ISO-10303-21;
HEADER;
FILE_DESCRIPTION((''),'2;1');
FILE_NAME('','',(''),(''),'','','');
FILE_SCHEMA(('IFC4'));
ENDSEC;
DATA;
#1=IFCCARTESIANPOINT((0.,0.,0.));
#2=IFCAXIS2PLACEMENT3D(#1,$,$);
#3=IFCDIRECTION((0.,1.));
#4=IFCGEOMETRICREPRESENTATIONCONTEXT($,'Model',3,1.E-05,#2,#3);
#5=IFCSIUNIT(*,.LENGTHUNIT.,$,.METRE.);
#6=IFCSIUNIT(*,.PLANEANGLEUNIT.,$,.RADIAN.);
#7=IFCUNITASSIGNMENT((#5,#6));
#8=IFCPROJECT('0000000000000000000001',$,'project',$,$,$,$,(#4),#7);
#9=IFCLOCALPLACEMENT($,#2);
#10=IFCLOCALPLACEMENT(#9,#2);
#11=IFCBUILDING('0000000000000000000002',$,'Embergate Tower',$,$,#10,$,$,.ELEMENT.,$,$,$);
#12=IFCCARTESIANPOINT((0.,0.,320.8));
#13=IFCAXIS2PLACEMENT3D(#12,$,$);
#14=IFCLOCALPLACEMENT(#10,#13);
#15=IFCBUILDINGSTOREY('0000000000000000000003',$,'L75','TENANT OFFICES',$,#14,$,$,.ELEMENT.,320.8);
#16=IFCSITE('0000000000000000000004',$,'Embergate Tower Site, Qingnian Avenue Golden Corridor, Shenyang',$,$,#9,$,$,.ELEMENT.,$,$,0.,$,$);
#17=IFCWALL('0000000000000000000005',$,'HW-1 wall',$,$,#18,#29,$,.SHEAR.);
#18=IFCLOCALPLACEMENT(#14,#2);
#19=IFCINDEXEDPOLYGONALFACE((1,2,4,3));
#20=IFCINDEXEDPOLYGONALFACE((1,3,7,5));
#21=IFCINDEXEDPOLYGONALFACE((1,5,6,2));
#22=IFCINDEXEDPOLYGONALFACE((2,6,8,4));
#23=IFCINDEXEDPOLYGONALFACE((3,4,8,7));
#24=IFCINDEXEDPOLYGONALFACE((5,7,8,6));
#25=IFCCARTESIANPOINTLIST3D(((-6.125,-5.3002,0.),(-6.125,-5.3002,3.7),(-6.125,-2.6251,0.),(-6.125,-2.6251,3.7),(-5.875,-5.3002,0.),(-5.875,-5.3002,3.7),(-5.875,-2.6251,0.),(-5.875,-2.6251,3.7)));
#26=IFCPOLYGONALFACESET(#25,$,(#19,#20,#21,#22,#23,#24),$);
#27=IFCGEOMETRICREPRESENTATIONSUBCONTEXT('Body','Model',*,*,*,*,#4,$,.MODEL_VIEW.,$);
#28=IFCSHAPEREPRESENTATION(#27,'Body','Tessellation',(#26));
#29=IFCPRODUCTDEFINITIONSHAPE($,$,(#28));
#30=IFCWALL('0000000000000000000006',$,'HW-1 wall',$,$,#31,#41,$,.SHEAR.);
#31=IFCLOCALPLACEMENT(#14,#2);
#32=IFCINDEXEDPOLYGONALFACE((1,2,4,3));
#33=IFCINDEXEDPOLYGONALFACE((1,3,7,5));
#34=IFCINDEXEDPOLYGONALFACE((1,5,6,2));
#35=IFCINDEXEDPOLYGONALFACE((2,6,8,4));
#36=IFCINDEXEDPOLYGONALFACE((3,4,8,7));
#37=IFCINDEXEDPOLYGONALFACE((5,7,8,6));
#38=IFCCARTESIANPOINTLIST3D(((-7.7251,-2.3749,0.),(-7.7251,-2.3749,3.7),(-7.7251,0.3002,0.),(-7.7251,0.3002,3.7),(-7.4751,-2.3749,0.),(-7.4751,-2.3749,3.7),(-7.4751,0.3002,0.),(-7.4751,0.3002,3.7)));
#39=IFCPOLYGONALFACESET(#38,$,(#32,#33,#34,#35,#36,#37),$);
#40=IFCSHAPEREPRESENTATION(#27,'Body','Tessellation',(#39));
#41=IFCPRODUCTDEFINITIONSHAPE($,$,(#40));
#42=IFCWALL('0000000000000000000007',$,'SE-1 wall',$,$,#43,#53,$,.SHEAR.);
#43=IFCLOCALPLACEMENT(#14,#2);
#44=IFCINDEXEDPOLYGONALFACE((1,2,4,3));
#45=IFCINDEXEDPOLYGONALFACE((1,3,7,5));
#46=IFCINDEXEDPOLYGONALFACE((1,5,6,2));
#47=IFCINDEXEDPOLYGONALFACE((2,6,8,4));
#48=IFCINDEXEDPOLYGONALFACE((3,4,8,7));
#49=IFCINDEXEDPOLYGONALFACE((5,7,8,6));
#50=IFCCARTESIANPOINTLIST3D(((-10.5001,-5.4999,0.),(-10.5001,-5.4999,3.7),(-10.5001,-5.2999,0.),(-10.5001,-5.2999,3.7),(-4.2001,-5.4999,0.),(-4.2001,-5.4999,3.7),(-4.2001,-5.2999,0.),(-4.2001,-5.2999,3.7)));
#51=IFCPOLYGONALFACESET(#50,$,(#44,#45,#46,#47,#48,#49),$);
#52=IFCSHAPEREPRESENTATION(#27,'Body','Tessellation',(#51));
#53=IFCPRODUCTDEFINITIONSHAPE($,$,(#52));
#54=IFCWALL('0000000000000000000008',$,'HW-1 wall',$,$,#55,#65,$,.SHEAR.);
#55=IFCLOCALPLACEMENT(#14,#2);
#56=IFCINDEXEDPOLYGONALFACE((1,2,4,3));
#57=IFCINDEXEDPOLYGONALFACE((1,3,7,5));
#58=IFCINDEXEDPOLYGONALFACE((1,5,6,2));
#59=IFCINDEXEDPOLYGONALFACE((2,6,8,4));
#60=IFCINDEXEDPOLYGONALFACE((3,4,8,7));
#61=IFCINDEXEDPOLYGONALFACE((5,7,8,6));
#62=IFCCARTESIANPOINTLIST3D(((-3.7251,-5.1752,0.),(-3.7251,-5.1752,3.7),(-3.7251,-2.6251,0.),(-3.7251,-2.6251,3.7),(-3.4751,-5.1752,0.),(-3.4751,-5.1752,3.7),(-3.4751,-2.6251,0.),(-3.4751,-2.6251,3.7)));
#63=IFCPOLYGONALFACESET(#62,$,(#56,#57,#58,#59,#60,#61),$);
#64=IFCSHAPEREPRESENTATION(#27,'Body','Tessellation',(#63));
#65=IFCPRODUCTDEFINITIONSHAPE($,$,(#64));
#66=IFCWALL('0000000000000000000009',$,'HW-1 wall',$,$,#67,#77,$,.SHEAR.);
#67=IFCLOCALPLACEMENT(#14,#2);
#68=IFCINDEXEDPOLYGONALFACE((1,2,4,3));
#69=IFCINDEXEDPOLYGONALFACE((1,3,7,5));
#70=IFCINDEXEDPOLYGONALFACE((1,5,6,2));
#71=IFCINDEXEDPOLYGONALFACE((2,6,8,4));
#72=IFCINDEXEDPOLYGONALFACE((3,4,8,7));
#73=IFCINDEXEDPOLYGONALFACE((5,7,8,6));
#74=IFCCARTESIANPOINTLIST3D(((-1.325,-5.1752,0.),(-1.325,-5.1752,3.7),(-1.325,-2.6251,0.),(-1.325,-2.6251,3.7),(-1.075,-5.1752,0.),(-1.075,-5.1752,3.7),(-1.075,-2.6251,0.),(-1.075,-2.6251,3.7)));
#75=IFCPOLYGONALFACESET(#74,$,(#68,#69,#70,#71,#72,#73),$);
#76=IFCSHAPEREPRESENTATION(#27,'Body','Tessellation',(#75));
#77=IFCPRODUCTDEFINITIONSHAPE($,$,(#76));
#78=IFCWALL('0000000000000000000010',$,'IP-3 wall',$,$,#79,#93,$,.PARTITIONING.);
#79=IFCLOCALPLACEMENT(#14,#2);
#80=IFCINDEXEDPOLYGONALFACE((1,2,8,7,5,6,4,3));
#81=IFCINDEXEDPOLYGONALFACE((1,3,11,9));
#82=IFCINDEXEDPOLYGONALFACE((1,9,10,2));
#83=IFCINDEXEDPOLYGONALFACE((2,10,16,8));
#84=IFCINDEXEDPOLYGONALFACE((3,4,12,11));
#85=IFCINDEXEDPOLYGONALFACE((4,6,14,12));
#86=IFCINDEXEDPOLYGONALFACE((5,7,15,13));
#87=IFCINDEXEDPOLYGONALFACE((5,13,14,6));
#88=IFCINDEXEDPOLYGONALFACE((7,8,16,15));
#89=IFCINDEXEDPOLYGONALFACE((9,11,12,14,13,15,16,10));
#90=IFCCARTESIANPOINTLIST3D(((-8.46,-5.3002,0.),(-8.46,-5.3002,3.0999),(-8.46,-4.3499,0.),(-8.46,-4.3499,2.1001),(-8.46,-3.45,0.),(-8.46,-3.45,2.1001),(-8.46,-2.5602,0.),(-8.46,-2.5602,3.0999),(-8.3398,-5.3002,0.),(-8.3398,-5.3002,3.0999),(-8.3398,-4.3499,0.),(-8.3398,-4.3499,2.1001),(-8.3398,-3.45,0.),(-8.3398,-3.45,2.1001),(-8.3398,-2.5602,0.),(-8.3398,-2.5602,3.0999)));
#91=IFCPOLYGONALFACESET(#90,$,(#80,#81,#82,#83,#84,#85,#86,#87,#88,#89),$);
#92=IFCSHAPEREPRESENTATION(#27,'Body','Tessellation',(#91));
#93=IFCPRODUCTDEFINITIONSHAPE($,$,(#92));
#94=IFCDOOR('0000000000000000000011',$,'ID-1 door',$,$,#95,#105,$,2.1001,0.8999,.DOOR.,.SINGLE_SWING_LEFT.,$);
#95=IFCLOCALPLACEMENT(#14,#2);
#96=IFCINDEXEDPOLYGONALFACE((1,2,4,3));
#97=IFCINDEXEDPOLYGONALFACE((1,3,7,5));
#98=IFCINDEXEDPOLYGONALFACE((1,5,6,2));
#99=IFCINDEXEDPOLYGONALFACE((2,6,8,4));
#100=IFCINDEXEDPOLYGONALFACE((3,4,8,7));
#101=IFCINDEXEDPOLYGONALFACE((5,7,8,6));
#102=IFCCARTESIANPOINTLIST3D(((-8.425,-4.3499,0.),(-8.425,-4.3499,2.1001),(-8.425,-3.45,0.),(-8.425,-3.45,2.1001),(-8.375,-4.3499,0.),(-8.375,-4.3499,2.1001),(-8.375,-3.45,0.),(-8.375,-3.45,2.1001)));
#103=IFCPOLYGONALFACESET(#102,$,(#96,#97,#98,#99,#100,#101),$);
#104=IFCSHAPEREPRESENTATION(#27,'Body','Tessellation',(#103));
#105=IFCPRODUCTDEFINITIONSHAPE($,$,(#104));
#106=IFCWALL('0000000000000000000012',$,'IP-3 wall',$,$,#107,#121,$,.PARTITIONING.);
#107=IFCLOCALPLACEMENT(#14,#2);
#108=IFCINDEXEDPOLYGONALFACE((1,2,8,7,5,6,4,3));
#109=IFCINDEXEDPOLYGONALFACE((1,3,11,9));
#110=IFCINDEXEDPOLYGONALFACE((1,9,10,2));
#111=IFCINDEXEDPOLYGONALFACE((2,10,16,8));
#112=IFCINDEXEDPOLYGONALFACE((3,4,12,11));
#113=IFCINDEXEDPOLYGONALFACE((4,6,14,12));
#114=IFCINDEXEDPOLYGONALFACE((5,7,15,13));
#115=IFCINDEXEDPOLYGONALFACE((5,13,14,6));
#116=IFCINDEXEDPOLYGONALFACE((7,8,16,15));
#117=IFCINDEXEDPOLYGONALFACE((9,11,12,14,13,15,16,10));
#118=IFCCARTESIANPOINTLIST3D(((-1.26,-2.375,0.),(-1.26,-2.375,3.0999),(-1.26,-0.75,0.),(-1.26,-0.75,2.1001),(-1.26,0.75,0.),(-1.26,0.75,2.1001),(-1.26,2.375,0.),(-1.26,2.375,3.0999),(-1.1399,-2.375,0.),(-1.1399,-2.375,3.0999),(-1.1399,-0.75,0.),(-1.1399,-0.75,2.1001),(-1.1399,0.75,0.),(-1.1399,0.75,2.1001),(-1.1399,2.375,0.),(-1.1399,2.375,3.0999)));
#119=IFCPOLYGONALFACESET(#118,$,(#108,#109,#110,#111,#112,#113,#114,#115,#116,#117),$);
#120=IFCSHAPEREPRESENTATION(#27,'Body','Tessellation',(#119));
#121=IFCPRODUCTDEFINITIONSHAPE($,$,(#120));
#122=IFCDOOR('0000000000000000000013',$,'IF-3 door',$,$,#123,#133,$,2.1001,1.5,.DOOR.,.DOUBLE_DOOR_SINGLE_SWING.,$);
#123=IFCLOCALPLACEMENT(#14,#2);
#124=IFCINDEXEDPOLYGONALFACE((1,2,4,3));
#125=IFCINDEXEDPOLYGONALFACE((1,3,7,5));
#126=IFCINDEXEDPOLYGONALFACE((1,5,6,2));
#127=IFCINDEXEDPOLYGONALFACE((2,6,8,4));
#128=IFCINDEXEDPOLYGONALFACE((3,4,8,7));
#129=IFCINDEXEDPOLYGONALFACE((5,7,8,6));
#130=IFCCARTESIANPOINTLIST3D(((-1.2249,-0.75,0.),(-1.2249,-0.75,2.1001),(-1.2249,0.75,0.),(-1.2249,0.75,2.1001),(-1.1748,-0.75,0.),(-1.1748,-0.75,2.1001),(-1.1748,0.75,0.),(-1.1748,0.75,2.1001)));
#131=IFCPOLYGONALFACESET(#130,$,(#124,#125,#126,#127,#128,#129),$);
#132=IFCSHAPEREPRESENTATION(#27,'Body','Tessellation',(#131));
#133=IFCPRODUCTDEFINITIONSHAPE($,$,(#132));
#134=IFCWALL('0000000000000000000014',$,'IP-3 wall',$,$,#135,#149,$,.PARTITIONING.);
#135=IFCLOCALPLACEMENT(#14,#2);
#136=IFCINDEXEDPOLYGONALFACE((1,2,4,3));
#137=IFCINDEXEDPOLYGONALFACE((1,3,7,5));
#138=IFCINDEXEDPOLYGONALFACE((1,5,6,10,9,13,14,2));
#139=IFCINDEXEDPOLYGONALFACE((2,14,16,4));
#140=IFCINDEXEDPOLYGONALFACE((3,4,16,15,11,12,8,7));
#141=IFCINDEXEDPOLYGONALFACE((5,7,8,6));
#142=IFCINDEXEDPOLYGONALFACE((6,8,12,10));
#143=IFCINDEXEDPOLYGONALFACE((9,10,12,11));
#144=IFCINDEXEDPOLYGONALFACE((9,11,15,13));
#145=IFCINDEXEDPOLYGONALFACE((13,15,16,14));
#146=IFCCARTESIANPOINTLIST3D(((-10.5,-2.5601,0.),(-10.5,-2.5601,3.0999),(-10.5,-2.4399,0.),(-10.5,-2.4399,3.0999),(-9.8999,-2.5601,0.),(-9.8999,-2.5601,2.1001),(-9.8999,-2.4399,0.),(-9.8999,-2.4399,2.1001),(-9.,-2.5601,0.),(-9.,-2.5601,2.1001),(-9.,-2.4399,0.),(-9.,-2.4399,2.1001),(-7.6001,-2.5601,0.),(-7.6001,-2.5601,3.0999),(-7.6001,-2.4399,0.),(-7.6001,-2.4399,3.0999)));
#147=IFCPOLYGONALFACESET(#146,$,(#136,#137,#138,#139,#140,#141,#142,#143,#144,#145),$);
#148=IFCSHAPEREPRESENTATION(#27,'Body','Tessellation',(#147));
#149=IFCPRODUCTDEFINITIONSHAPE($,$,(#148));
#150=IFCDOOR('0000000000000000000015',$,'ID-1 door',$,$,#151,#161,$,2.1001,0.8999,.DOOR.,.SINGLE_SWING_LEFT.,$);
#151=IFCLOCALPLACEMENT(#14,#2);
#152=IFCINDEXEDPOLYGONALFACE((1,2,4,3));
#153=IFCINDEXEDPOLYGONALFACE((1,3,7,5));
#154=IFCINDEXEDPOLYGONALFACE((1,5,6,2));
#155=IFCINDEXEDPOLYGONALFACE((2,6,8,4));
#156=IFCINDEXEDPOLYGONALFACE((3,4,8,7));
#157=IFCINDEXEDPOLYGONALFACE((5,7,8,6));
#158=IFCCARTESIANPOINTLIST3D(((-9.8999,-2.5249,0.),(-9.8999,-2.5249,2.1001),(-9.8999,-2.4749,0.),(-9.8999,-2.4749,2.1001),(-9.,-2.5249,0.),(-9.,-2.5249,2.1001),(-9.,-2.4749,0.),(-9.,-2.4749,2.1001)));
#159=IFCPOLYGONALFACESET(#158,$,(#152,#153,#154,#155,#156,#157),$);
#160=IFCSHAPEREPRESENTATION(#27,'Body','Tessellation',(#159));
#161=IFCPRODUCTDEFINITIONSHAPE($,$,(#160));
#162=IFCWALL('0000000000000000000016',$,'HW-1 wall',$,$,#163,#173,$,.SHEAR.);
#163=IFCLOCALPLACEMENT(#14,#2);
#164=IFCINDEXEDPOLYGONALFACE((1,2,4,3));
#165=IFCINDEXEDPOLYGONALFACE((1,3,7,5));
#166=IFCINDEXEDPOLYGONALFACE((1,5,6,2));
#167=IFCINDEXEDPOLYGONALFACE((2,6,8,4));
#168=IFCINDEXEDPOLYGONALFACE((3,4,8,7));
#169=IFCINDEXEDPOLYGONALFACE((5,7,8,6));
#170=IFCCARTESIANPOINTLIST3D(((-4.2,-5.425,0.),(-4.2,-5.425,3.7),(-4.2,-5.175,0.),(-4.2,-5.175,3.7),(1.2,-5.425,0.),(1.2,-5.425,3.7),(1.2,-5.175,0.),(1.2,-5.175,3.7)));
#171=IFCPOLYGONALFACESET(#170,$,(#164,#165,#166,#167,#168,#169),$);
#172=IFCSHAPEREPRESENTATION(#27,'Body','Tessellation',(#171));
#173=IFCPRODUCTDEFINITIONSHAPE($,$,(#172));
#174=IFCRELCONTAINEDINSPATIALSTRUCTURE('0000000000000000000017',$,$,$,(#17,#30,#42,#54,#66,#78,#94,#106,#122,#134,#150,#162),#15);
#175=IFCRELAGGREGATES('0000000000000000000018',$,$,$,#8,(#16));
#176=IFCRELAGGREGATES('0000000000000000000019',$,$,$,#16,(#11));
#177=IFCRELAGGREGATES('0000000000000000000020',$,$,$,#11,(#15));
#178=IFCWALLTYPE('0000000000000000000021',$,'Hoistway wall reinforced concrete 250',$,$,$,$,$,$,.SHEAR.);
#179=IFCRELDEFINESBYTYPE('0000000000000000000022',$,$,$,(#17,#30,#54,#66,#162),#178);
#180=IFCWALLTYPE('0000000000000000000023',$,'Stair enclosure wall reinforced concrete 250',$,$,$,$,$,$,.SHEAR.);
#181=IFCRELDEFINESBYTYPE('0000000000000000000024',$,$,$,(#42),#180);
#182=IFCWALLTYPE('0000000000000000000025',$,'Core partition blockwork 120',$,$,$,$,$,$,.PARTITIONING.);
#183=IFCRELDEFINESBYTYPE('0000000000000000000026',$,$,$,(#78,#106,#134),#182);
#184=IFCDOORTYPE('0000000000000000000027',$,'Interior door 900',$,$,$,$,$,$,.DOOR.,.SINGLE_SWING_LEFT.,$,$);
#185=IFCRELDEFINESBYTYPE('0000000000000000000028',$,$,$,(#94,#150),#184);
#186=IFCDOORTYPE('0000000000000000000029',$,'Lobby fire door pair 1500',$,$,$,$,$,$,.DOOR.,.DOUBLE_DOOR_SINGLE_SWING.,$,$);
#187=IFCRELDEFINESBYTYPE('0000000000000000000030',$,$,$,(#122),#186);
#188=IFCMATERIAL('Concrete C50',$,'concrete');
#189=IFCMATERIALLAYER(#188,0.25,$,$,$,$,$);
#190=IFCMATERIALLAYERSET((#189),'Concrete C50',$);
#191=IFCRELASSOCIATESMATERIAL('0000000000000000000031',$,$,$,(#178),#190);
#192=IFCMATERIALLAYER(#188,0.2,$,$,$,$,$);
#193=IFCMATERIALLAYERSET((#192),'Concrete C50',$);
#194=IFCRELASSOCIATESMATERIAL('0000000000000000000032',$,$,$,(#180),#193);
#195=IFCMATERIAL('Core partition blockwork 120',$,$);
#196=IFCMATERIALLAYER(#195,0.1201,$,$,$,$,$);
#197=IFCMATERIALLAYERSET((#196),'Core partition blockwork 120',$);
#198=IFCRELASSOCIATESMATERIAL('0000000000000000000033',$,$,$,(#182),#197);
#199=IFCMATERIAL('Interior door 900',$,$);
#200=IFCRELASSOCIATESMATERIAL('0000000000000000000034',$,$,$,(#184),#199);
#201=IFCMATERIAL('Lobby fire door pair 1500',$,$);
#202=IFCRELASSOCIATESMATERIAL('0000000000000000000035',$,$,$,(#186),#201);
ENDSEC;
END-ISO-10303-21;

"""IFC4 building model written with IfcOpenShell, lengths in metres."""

from ifc_helpers import new_model, si_unit, direction, frame, frame_2d, origin, place, context, subcontext, project, spatial, rectangle, extrude, source, transform, mapped, material, layer, layer_set, type_object, element, fill, save


model = new_model("IFC4")

# Units and contexts
model_context = context("Model", 3, precision=1e-05, world=origin(), true_north=direction((0.0, 1.0)))
body_context = subcontext(model_context, "Body", "Model", "MODEL_VIEW")
ifc_project = project(units=[si_unit("LENGTHUNIT", "METRE"), si_unit("PLANEANGLEUNIT", "RADIAN")], contexts=[model_context])

# Site, building, storey
site_placement = place(None, origin())
site = spatial("IfcSite", under=ifc_project, at=site_placement, Name="Embergate Tower Site, Qingnian Avenue Golden Corridor, Shenyang", CompositionType="ELEMENT", RefElevation=0.0)
building_placement = place(site_placement, origin())
building = spatial("IfcBuilding", under=site, at=building_placement, Name="Embergate Tower", CompositionType="ELEMENT")
storey_placement = place(building_placement, frame((0.0, 0.0, 320.8)))
storey = spatial("IfcBuildingStorey", under=building, at=storey_placement, Name="L75", Description="TENANT OFFICES", CompositionType="ELEMENT", Elevation=320.8)

# Walls
ifc_material_1 = material(Name="Concrete C50", Category="concrete")
ifc_layer_1 = layer(ifc_material_1, 0.25)
ifc_layer_set_1 = layer_set([ifc_layer_1], Name="Concrete C50")
wall_type_1 = type_object("IfcWallType", Name="Hoistway wall reinforced concrete 250", PredefinedType="SHEAR", material=ifc_layer_set_1)
shared_shape_1 = source(origin(), body_context, "Body", "SweptSolid", [
    extrude(rectangle(XDim=2.675, YDim=0.25, at=frame_2d((1.3374, 0.0))), origin(), (0.0, 0.0, 1.0), 3.7),
])
for number, where, z_axis, x_axis, name in (
    (1, (-6.0, -5.3, 0.0), (0.0, 0.0, 1.0), (0.0, 1.0, 0.0), "HW-1 wall"),
    (2, (-7.6001, 0.3, 0.0), (0.0, 0.0, 1.0), (0.0, -1.0, 0.0), "HW-1 wall"),
):
    element("IfcWall", number, at=place(storey_placement, frame(where, z_axis=z_axis, x_axis=x_axis)), inside=storey, type_object=wall_type_1, Name=name, PredefinedType="SHEAR", context=body_context, shape_type="MappedRepresentation", body=[
        mapped(shared_shape_1, transform((0.0, 0.0, 0.0))),
    ])
ifc_layer_2 = layer(ifc_material_1, 0.2)
ifc_layer_set_2 = layer_set([ifc_layer_2], Name="Concrete C50")
wall_type_2 = type_object("IfcWallType", Name="Stair enclosure wall reinforced concrete 250", PredefinedType="SHEAR", material=ifc_layer_set_2)
shared_shape_2 = source(origin(), body_context, "Body", "SweptSolid", [
    extrude(rectangle(XDim=6.3, YDim=0.2, at=frame_2d((3.1499, 0.0))), origin(), (0.0, 0.0, 1.0), 3.7),
])
wall_1_placement = place(storey_placement, frame((-10.5, -5.3999, 0.0), z_axis=(0.0, 0.0, 1.0), x_axis=(1.0, 0.0, 0.0)))
element("IfcWall", 3, at=wall_1_placement, inside=storey, type_object=wall_type_2, Name="SE-1 wall", PredefinedType="SHEAR", context=body_context, shape_type="MappedRepresentation", body=[
    mapped(shared_shape_2, transform((0.0, 0.0, 0.0))),
])
shared_shape_3 = source(origin(), body_context, "Body", "SweptSolid", [
    extrude(rectangle(XDim=2.55, YDim=0.25, at=frame_2d((1.2749, 0.0))), origin(), (0.0, 0.0, 1.0), 3.7),
])
for number, where, z_axis, x_axis, name in (
    (4, (-3.6001, -5.175, 0.0), (0.0, 0.0, 1.0), (0.0, 1.0, 0.0), "HW-1 wall"),
    (5, (-1.2, -5.175, 0.0), (0.0, 0.0, 1.0), (0.0, 1.0, 0.0), "HW-1 wall"),
):
    element("IfcWall", number, at=place(storey_placement, frame(where, z_axis=z_axis, x_axis=x_axis)), inside=storey, type_object=wall_type_1, Name=name, PredefinedType="SHEAR", context=body_context, shape_type="MappedRepresentation", body=[
        mapped(shared_shape_3, transform((0.0, 0.0, 0.0))),
    ])

# Walls, openings, doors
ifc_material_2 = material(Name="Core partition blockwork 120")
ifc_layer_3 = layer(ifc_material_2, 0.1201)
ifc_layer_set_3 = layer_set([ifc_layer_3], Name="Core partition blockwork 120")
wall_type_3 = type_object("IfcWallType", Name="Core partition blockwork 120", PredefinedType="PARTITIONING", material=ifc_layer_set_3)
shared_shape_4 = source(origin(), body_context, "Body", "SweptSolid", [
    extrude(rectangle(XDim=2.74, YDim=0.1201, at=frame_2d((1.3701, 0.0))), origin(), (0.0, 0.0, 1.0), 3.0999),
])
wall_2_placement = place(storey_placement, frame((-8.3999, -2.5601, 0.0), z_axis=(0.0, 0.0, 1.0), x_axis=(0.0, -1.0, 0.0)))
wall_2 = element("IfcWall", 6, at=wall_2_placement, inside=storey, type_object=wall_type_3, Name="IP-3 wall", PredefinedType="PARTITIONING", context=body_context, shape_type="MappedRepresentation", body=[
    mapped(shared_shape_4, transform((0.0, 0.0, 0.0))),
])
shared_shape_5 = source(origin(), body_context, "Body", "SweptSolid", [
    extrude(rectangle(XDim=0.8999, YDim=2.1001, at=frame_2d((0.45, 1.05))), frame((0.0, 0.0701, 0.0), z_axis=(0.0, -1.0, 0.0), x_axis=(1.0, 0.0, 0.0)), (0.0, 0.0, 1.0), 0.1401),
])
opening_1_placement = place(wall_2_placement, frame((0.8899, 0.0, 0.0)))
opening_1 = element("IfcOpeningElement", 7, at=opening_1_placement, cuts=wall_2, PredefinedType="OPENING", context=body_context, shape_type="MappedRepresentation", body=[
    mapped(shared_shape_5, transform((0.0, 0.0, 0.0))),
])
ifc_material_3 = material(Name="Interior door 900")
door_type_1 = type_object("IfcDoorType", Name="Interior door 900", OperationType="SINGLE_SWING_LEFT", PredefinedType="DOOR", material=ifc_material_3)
shared_shape_6 = source(origin(), body_context, "Body", "SweptSolid", [
    extrude(rectangle(XDim=0.8999, YDim=2.1001, at=frame_2d((0.45, 1.05))), frame((0.0, 0.0249, 0.0), z_axis=(0.0, -1.0, 0.0), x_axis=(1.0, 0.0, 0.0)), (0.0, 0.0, 1.0), 0.05),
])
door_1_placement = place(opening_1_placement, origin())
door_1 = element("IfcDoor", 8, at=door_1_placement, inside=storey, type_object=door_type_1, Name="ID-1 door", OperationType="SINGLE_SWING_LEFT", OverallHeight=2.1001, OverallWidth=0.8999, PredefinedType="DOOR", context=body_context, shape_type="MappedRepresentation", body=[
    mapped(shared_shape_6, transform((0.0, 0.0, 0.0))),
])
fill(opening_1, door_1)
shared_shape_7 = source(origin(), body_context, "Body", "SweptSolid", [
    extrude(rectangle(XDim=4.75, YDim=0.1201, at=frame_2d((2.375, 0.0))), origin(), (0.0, 0.0, 1.0), 3.0999),
])
wall_3_placement = place(storey_placement, frame((-1.2, -2.375, 0.0), z_axis=(0.0, 0.0, 1.0), x_axis=(0.0, 1.0, 0.0)))
wall_3 = element("IfcWall", 9, at=wall_3_placement, inside=storey, type_object=wall_type_3, Name="IP-3 wall", PredefinedType="PARTITIONING", context=body_context, shape_type="MappedRepresentation", body=[
    mapped(shared_shape_7, transform((0.0, 0.0, 0.0))),
])
shared_shape_8 = source(origin(), body_context, "Body", "SweptSolid", [
    extrude(rectangle(XDim=1.5, YDim=2.1001, at=frame_2d((0.75, 1.05))), frame((0.0, 0.0701, 0.0), z_axis=(0.0, -1.0, 0.0), x_axis=(1.0, 0.0, 0.0)), (0.0, 0.0, 1.0), 0.1401),
])
opening_2_placement = place(wall_3_placement, frame((1.625, 0.0, 0.0)))
opening_2 = element("IfcOpeningElement", 10, at=opening_2_placement, cuts=wall_3, PredefinedType="OPENING", context=body_context, shape_type="MappedRepresentation", body=[
    mapped(shared_shape_8, transform((0.0, 0.0, 0.0))),
])
ifc_material_4 = material(Name="Lobby fire door pair 1500")
door_type_2 = type_object("IfcDoorType", Name="Lobby fire door pair 1500", OperationType="DOUBLE_DOOR_SINGLE_SWING", PredefinedType="DOOR", material=ifc_material_4)
shared_shape_9 = source(origin(), body_context, "Body", "SweptSolid", [
    extrude(rectangle(XDim=1.5, YDim=2.1001, at=frame_2d((0.75, 1.05))), frame((0.0, 0.0249, 0.0), z_axis=(0.0, -1.0, 0.0), x_axis=(1.0, 0.0, 0.0)), (0.0, 0.0, 1.0), 0.05),
])
door_2_placement = place(opening_2_placement, origin())
door_2 = element("IfcDoor", 11, at=door_2_placement, inside=storey, type_object=door_type_2, Name="IF-3 door", OperationType="DOUBLE_DOOR_SINGLE_SWING", OverallHeight=2.1001, OverallWidth=1.5, PredefinedType="DOOR", context=body_context, shape_type="MappedRepresentation", body=[
    mapped(shared_shape_9, transform((0.0, 0.0, 0.0))),
])
fill(opening_2, door_2)
shared_shape_10 = source(origin(), body_context, "Body", "SweptSolid", [
    extrude(rectangle(XDim=2.8999, YDim=0.1201, at=frame_2d((1.45, 0.0))), origin(), (0.0, 0.0, 1.0), 3.0999),
])
wall_4_placement = place(storey_placement, frame((-7.6001, -2.5, 0.0), z_axis=(0.0, 0.0, 1.0), x_axis=(-1.0, 0.0, 0.0)))
wall_4 = element("IfcWall", 12, at=wall_4_placement, inside=storey, type_object=wall_type_3, Name="IP-3 wall", PredefinedType="PARTITIONING", context=body_context, shape_type="MappedRepresentation", body=[
    mapped(shared_shape_10, transform((0.0, 0.0, 0.0))),
])
opening_3_placement = place(wall_4_placement, frame((1.3999, 0.0, 0.0)))
opening_3 = element("IfcOpeningElement", 13, at=opening_3_placement, cuts=wall_4, PredefinedType="OPENING", context=body_context, shape_type="MappedRepresentation", body=[
    mapped(shared_shape_5, transform((0.0, 0.0, 0.0))),
])
door_3_placement = place(opening_3_placement, origin())
door_3 = element("IfcDoor", 14, at=door_3_placement, inside=storey, type_object=door_type_1, Name="ID-1 door", OperationType="SINGLE_SWING_LEFT", OverallHeight=2.1001, OverallWidth=0.8999, PredefinedType="DOOR", context=body_context, shape_type="MappedRepresentation", body=[
    mapped(shared_shape_6, transform((0.0, 0.0, 0.0))),
])
fill(opening_3, door_3)

# Wall
shared_shape_11 = source(origin(), body_context, "Body", "SweptSolid", [
    extrude(rectangle(XDim=5.3999, YDim=0.25, at=frame_2d((2.7, 0.0))), origin(), (0.0, 0.0, 1.0), 3.7),
])
wall_5_placement = place(storey_placement, frame((-4.2, -5.3, 0.0), z_axis=(0.0, 0.0, 1.0), x_axis=(1.0, 0.0, 0.0)))
element("IfcWall", 15, at=wall_5_placement, inside=storey, type_object=wall_type_1, Name="HW-1 wall", PredefinedType="SHEAR", context=body_context, shape_type="MappedRepresentation", body=[
    mapped(shared_shape_11, transform((0.0, 0.0, 0.0))),
])

save(model, "model.ifc")
